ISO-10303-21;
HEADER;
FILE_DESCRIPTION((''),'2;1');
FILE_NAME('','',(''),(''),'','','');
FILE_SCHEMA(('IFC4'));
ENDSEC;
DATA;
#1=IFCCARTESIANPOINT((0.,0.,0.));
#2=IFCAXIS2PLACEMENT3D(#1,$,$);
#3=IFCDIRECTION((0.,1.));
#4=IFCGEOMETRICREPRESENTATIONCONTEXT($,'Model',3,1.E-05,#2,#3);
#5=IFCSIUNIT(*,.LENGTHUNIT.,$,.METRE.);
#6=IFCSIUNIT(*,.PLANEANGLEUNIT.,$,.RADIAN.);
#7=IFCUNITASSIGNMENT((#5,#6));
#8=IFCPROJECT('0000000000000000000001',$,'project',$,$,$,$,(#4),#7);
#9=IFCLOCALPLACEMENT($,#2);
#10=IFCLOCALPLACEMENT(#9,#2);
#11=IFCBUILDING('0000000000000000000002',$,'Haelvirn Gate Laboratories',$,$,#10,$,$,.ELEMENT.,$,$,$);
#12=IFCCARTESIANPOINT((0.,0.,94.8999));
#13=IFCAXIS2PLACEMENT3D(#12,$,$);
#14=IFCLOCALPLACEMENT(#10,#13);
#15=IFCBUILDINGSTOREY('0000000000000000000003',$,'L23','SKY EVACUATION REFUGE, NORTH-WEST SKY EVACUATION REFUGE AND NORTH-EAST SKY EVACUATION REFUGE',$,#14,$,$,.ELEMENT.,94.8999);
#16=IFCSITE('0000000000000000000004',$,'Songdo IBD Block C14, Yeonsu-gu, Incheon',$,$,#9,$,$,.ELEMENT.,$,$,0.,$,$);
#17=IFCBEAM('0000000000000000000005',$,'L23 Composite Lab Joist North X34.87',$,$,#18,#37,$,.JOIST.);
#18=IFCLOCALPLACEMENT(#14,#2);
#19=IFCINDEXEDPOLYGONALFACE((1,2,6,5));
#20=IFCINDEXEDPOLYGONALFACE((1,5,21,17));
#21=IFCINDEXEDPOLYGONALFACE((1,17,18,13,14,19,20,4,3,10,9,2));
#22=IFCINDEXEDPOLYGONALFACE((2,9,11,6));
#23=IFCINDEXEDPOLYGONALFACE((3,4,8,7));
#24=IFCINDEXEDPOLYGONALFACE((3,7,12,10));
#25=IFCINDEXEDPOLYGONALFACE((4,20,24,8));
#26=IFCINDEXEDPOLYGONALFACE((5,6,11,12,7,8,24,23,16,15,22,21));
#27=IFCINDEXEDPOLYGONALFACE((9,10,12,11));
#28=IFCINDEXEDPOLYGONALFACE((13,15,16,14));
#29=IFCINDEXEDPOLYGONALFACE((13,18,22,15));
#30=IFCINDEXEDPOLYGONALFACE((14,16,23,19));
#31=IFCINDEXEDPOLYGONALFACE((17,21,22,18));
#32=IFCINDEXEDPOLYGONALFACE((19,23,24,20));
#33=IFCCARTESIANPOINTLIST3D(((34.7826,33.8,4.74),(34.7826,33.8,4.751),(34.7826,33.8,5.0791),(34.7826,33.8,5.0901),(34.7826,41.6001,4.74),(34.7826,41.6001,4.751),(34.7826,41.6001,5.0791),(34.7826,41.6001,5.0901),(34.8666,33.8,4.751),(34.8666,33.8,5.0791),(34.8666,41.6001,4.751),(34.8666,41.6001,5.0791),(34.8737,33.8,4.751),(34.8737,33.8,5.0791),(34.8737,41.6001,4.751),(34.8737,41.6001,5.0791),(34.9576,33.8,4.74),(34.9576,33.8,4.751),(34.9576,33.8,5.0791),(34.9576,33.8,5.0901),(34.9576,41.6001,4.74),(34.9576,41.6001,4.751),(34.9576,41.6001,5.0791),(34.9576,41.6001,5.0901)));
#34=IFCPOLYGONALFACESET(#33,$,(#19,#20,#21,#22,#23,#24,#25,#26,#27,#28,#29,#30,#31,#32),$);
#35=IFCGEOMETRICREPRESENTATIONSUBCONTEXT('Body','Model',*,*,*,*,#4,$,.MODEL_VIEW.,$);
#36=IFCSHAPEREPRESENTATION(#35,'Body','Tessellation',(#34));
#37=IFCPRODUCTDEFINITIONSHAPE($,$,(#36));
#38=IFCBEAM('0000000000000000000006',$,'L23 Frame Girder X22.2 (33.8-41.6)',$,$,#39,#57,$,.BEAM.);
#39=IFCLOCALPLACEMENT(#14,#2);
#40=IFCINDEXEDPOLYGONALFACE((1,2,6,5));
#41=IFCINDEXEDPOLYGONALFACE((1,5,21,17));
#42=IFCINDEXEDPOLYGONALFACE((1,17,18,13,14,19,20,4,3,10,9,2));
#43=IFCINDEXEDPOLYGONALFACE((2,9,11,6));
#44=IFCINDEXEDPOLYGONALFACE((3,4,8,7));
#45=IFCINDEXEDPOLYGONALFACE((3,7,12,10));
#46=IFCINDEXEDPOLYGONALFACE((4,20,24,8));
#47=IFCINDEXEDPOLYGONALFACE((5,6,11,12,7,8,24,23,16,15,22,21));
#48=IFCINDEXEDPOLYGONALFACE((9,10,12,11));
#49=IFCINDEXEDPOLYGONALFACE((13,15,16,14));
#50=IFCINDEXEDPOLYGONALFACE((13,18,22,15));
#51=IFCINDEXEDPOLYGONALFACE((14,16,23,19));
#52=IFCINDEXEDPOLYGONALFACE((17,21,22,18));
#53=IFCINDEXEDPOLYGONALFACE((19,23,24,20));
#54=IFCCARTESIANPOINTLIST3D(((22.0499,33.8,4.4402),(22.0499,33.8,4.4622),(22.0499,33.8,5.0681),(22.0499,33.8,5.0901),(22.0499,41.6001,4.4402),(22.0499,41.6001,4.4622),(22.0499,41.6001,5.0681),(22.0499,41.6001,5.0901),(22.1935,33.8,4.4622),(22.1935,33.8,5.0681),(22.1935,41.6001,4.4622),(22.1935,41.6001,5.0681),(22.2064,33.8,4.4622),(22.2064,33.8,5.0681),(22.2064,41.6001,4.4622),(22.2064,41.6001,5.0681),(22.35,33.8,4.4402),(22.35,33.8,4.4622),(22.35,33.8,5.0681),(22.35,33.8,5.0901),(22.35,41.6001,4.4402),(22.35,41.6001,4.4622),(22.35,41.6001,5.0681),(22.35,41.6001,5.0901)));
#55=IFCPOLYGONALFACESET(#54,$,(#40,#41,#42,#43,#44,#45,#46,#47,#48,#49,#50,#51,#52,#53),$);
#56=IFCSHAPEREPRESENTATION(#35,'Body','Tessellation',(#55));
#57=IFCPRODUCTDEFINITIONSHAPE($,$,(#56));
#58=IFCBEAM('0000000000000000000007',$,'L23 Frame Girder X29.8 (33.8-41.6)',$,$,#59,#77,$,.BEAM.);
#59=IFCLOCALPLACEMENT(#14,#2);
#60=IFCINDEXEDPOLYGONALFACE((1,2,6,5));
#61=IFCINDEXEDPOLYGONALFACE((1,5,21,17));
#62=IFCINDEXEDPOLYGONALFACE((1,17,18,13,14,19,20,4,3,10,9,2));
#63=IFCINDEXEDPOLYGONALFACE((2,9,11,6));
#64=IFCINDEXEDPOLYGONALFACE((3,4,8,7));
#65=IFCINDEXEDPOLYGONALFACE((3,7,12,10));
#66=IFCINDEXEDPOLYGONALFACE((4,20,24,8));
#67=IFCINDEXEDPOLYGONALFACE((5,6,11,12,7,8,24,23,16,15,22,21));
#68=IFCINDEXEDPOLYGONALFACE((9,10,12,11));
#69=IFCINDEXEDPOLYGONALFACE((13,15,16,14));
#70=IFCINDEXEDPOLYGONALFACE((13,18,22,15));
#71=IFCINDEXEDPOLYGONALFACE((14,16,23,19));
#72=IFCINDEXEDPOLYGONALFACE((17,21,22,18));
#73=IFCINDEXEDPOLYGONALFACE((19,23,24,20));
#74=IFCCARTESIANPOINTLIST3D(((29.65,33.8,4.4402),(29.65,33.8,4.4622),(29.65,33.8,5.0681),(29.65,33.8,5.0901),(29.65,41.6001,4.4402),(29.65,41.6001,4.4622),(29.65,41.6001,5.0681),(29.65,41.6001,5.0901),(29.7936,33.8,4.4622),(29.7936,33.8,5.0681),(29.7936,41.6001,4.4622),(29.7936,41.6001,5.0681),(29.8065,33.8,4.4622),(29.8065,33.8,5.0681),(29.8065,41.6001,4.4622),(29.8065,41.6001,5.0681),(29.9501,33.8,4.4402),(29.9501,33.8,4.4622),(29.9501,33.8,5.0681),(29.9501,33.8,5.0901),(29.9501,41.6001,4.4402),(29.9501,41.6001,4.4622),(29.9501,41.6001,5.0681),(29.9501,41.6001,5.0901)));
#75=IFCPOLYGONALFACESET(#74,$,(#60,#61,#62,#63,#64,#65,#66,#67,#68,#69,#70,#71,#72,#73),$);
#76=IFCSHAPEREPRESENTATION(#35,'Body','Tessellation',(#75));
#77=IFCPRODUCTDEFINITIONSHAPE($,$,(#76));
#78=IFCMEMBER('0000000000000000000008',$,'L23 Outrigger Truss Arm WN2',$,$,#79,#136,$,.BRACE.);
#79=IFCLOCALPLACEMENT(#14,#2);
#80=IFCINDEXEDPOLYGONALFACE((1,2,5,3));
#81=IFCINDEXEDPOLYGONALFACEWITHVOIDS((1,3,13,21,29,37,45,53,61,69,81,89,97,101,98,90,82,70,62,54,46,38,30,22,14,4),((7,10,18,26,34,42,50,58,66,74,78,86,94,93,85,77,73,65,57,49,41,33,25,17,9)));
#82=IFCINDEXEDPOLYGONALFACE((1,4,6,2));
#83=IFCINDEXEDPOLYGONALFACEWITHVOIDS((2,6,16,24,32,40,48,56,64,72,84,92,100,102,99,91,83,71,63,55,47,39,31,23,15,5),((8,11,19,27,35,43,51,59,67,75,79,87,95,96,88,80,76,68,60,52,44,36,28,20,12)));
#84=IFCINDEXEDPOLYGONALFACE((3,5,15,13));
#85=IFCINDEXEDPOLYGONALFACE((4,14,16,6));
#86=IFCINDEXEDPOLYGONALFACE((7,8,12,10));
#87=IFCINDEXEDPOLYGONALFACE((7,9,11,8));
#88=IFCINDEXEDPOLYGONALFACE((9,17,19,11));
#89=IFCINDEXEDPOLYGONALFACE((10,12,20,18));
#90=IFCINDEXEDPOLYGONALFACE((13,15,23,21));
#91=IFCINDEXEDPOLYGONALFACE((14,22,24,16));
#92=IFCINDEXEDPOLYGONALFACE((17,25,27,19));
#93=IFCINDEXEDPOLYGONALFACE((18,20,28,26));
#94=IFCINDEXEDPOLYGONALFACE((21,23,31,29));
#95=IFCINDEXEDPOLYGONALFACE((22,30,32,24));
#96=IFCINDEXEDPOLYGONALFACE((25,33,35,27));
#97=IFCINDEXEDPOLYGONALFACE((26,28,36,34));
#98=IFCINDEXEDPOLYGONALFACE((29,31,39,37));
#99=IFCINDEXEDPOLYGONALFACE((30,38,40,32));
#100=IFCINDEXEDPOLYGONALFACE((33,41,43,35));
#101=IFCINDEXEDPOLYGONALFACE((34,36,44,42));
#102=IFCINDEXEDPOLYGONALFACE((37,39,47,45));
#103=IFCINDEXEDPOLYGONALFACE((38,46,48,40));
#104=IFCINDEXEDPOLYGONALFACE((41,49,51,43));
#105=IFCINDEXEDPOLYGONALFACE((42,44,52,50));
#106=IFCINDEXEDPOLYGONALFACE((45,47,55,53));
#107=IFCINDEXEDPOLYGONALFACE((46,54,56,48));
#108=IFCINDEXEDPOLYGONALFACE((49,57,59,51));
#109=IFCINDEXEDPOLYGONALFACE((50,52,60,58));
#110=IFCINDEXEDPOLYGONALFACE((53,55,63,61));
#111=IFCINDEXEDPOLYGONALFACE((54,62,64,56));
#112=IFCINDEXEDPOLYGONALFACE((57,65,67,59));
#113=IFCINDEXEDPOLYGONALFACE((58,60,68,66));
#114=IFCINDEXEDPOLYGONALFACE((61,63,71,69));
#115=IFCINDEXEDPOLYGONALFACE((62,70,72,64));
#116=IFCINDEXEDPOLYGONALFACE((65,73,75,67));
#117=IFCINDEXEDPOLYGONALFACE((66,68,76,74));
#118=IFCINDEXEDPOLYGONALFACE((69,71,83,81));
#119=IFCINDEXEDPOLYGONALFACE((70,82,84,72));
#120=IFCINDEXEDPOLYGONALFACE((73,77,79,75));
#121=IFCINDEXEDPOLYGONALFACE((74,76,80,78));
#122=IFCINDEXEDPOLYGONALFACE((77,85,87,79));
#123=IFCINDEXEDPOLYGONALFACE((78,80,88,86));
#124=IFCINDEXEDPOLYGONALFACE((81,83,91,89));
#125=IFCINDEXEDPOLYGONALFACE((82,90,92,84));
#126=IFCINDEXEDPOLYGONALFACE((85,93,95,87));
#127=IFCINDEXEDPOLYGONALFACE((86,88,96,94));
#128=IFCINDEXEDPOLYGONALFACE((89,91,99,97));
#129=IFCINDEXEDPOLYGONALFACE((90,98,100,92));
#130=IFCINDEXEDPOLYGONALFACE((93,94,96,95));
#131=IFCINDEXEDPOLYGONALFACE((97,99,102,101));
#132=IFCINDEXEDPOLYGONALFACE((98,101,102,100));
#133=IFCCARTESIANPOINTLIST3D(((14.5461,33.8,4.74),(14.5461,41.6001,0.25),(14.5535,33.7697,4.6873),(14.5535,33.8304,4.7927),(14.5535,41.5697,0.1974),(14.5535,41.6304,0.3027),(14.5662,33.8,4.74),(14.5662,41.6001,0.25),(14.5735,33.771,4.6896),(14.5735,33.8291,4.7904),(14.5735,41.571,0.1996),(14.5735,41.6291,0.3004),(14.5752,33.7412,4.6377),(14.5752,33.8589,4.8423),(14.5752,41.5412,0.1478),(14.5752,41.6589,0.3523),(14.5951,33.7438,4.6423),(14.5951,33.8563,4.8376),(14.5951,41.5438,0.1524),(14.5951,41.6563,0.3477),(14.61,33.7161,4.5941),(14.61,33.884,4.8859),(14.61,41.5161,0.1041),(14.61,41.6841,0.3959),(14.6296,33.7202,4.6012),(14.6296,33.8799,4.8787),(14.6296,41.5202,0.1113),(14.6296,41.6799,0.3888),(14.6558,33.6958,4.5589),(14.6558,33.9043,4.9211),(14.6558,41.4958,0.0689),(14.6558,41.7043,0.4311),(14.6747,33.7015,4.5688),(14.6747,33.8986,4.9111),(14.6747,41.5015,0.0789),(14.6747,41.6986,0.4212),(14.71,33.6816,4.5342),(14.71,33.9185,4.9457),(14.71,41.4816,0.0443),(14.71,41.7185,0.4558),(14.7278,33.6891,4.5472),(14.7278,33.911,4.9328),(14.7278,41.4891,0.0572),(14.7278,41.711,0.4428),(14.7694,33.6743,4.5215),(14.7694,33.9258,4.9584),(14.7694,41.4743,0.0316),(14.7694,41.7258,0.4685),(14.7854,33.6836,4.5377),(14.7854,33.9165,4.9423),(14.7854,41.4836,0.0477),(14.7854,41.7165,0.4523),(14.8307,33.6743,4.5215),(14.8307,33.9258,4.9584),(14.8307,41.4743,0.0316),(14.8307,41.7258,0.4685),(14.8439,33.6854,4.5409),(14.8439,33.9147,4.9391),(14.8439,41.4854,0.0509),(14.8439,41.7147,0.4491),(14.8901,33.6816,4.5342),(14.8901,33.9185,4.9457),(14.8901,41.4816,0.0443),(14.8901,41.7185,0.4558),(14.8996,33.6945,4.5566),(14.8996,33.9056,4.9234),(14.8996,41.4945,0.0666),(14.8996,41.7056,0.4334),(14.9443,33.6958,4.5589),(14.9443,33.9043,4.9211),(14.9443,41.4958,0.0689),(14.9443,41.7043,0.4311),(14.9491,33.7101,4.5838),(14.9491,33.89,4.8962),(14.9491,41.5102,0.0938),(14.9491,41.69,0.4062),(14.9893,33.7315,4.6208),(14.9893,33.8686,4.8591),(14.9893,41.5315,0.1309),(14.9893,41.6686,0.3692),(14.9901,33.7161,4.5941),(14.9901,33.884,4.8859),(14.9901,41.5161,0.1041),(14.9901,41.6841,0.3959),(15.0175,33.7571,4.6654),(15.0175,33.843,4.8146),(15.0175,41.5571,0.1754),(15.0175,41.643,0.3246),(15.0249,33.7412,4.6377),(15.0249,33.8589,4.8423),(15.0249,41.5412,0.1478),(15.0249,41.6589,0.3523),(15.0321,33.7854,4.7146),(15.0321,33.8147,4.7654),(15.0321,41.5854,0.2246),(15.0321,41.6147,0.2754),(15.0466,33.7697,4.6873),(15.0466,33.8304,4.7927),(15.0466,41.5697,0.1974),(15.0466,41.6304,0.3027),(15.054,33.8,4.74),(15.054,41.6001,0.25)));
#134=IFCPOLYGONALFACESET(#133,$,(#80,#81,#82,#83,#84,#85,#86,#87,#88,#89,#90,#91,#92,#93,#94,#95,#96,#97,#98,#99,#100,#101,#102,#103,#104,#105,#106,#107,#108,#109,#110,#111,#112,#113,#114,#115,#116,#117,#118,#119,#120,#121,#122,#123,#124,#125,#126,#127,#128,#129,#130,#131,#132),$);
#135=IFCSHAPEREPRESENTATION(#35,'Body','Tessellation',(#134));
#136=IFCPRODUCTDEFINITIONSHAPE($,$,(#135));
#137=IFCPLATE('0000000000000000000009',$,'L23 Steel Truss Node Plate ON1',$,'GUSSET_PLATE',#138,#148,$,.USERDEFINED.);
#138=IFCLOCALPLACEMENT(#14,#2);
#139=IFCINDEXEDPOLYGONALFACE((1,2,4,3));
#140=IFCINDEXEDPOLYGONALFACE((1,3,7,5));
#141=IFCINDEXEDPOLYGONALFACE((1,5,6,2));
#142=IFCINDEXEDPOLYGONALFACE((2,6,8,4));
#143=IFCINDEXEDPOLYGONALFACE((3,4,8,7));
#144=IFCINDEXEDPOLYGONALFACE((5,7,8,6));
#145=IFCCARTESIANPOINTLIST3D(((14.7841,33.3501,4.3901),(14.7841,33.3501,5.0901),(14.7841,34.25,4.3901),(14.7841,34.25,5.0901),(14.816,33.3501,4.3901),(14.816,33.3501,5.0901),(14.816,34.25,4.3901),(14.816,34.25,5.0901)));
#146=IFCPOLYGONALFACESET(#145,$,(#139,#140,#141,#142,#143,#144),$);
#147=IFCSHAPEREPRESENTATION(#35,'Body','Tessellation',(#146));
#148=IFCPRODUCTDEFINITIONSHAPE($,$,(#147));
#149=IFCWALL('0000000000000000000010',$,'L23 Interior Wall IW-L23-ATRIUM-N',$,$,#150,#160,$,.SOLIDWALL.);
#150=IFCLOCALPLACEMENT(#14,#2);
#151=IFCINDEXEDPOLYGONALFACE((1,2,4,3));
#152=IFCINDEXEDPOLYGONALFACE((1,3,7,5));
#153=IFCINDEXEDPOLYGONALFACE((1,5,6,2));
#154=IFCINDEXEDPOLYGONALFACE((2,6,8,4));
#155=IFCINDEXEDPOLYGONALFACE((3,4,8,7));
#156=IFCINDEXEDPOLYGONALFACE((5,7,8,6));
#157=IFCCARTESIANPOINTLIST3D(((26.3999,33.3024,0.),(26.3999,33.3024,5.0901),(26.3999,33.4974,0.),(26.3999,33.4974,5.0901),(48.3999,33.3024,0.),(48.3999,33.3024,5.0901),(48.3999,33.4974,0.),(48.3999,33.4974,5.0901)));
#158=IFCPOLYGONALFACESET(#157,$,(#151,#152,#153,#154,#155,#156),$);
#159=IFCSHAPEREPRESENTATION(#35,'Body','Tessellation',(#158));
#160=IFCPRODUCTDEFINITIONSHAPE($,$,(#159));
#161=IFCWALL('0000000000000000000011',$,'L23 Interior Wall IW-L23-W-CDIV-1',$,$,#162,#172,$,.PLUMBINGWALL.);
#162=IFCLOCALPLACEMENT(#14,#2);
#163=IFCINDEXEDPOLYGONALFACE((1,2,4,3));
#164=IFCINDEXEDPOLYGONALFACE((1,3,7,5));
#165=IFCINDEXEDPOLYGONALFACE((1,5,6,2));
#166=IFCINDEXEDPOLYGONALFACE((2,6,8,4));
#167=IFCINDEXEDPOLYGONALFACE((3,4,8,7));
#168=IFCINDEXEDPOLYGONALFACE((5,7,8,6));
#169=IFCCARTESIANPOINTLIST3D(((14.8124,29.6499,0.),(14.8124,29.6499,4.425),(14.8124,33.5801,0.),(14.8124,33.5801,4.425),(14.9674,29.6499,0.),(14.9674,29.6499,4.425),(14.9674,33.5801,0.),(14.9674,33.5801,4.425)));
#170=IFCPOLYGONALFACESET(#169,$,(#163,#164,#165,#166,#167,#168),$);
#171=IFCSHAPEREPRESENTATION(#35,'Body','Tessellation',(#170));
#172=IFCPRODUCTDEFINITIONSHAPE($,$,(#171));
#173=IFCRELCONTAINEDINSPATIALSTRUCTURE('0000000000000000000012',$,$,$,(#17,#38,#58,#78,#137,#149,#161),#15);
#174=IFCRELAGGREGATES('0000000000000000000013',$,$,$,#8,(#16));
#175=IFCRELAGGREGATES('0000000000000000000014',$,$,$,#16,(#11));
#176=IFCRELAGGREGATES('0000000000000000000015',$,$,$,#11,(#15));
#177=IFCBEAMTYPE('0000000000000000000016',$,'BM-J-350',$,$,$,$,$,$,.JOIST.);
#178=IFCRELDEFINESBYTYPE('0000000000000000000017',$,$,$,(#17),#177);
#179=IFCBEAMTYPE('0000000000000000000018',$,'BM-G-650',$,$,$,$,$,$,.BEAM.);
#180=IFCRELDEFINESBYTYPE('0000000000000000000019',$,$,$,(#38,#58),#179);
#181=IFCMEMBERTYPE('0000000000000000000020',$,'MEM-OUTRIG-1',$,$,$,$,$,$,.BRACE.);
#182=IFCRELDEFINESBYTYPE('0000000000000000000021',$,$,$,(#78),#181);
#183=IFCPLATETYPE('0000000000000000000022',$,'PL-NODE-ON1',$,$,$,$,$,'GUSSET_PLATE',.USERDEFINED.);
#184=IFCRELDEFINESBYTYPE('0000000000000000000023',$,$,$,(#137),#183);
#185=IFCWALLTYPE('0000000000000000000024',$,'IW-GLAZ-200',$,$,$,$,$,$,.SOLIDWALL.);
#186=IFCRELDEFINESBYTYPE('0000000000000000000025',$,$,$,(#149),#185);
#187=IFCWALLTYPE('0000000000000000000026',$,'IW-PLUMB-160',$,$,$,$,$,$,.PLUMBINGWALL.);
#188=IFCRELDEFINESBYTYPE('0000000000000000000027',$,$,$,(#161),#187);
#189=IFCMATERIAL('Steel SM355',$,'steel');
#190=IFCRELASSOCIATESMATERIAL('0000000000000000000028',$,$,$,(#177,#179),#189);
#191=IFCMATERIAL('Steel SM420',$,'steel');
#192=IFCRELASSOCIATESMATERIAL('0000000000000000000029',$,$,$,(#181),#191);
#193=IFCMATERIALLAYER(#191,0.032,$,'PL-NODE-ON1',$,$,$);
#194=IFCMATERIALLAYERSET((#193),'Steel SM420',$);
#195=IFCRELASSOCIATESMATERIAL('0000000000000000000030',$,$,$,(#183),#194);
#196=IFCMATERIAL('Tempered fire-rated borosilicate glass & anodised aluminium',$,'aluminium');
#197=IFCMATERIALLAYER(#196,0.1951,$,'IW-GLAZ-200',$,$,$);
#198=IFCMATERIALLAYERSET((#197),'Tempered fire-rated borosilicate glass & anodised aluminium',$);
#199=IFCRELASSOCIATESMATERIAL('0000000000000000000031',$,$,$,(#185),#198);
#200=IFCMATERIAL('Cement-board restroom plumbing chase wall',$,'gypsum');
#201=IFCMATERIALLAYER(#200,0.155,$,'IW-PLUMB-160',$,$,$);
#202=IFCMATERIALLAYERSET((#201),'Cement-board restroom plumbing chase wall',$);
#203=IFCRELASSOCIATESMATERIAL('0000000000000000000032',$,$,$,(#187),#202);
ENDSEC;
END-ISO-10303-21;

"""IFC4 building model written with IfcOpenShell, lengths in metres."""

from ifc_helpers import new_model, si_unit, direction, frame, frame_2d, origin, origin_2d, place, context, subcontext, project, spatial, rectangle, hollow_circle, i_section, extrude, source, transform, mapped, material, layer, layer_set, material_profile, profile_set, type_object, type_shapes, element, save


model = new_model("IFC4")

# Units and contexts
model_context = context("Model", 3, precision=1e-05, world=origin(), true_north=direction((0.0, 1.0)))
body_context = subcontext(model_context, "Body", "Model", "MODEL_VIEW")
ifc_project = project(units=[si_unit("LENGTHUNIT", "METRE"), si_unit("PLANEANGLEUNIT", "RADIAN")], contexts=[model_context])

# Site, building, storey
site_placement = place(None, origin())
site = spatial("IfcSite", under=ifc_project, at=site_placement, Name="Songdo IBD Block C14, Yeonsu-gu, Incheon", CompositionType="ELEMENT", RefElevation=0.0)
building_placement = place(site_placement, origin())
building = spatial("IfcBuilding", under=site, at=building_placement, Name="Haelvirn Gate Laboratories", CompositionType="ELEMENT")
storey_placement = place(building_placement, frame((0.0, 0.0, 94.8999)))
storey = spatial("IfcBuildingStorey", under=building, at=storey_placement, Name="L23", Description="SKY EVACUATION REFUGE, NORTH-WEST SKY EVACUATION REFUGE AND NORTH-EAST SKY EVACUATION REFUGE", CompositionType="ELEMENT", Elevation=94.8999)

# Shared definitions
ifc_material_1 = material(Name="Steel SM420", Category="steel")

# Beams
ifc_material_2 = material(Name="Steel SM355", Category="steel")
ifc_material_profile_1 = material_profile(ifc_material_2, i_section(OverallWidth=0.175, OverallDepth=0.3501, WebThickness=0.0071, FlangeThickness=0.011, at=origin_2d()), Name="H-350x175x7x11")
ifc_profile_set_1 = profile_set([ifc_material_profile_1], Name="Steel SM355")
beam_type_1 = type_object("IfcBeamType", Name="BM-J-350", PredefinedType="JOIST", material=ifc_profile_set_1)
shared_shape_1 = source(origin(), body_context, "Body", "SweptSolid", [
    extrude(i_section(OverallWidth=0.175, OverallDepth=0.3501, WebThickness=0.0071, FlangeThickness=0.011, at=origin_2d()), origin(), (0.0, 0.0, 1.0), 7.8),
])
type_shapes(beam_type_1, [shared_shape_1])
for number, where, z_axis, x_axis, name in (
    (1, (34.8701, 33.8, 4.915), (0.0, 1.0, 0.0), (-1.0, 0.0, 0.0), "L23 Composite Lab Joist North X34.87"),
):
    element("IfcBeam", number, at=place(storey_placement, frame(where, z_axis=z_axis, x_axis=x_axis)), inside=storey, type_object=beam_type_1, Name=name, PredefinedType="JOIST", context=body_context, shape_type="MappedRepresentation", body=[
        mapped(shared_shape_1, transform((0.0, 0.0, 0.0), scale=1.0)),
    ])
ifc_material_profile_2 = material_profile(ifc_material_2, i_section(OverallWidth=0.3, OverallDepth=0.6499, WebThickness=0.0129, FlangeThickness=0.022, at=origin_2d()), Name="H-650x300x13x22")
ifc_profile_set_2 = profile_set([ifc_material_profile_2], Name="Steel SM355")
beam_type_2 = type_object("IfcBeamType", Name="BM-G-650", PredefinedType="BEAM", material=ifc_profile_set_2)
shared_shape_2 = source(origin(), body_context, "Body", "SweptSolid", [
    extrude(i_section(OverallWidth=0.3, OverallDepth=0.6499, WebThickness=0.0129, FlangeThickness=0.022, at=origin_2d()), origin(), (0.0, 0.0, 1.0), 7.8),
])
type_shapes(beam_type_2, [shared_shape_2])
for number, where, z_axis, x_axis, name in (
    (2, (22.2, 33.8, 4.7651), (0.0, 1.0, 0.0), (-1.0, 0.0, 0.0), "L23 Frame Girder X22.2 (33.8-41.6)"),
    (3, (29.8, 33.8, 4.7651), (0.0, 1.0, 0.0), (-1.0, 0.0, 0.0), "L23 Frame Girder X29.8 (33.8-41.6)"),
):
    element("IfcBeam", number, at=place(storey_placement, frame(where, z_axis=z_axis, x_axis=x_axis)), inside=storey, type_object=beam_type_2, Name=name, PredefinedType="BEAM", context=body_context, shape_type="MappedRepresentation", body=[
        mapped(shared_shape_2, transform((0.0, 0.0, 0.0), scale=1.0)),
    ])

# Member
ifc_material_profile_3 = material_profile(ifc_material_1, hollow_circle(Radius=0.2539, WallThickness=0.02, at=origin_2d()), Name="CHS-508x20")
ifc_profile_set_3 = profile_set([ifc_material_profile_3], Name="Steel SM420")
member_type = type_object("IfcMemberType", Name="MEM-OUTRIG-1", PredefinedType="BRACE", material=ifc_profile_set_3)
shared_shape_3 = source(origin(), body_context, "Body", "SweptSolid", [
    extrude(hollow_circle(Radius=0.2539, WallThickness=0.02, at=origin_2d()), origin(), (0.0, 0.0, 1.0), 9.0),
])
type_shapes(member_type, [shared_shape_3])
member_placement = place(storey_placement, frame((14.8, 33.8, 4.74), z_axis=(0.0, 0.866668, -0.498885), x_axis=(-1.0, 0.0, 0.0)))
element("IfcMember", 4, at=member_placement, inside=storey, type_object=member_type, Name="L23 Outrigger Truss Arm WN2", PredefinedType="BRACE", context=body_context, shape_type="MappedRepresentation", body=[
    mapped(shared_shape_3, transform((0.0, 0.0, 0.0), scale=1.0)),
])

# Plate
ifc_layer_1 = layer(ifc_material_1, 0.032, Name="PL-NODE-ON1")
ifc_layer_set_1 = layer_set([ifc_layer_1], Name="Steel SM420")
plate_type = type_object("IfcPlateType", Name="PL-NODE-ON1", ElementType="GUSSET_PLATE", PredefinedType="USERDEFINED", material=ifc_layer_set_1)
shared_shape_4 = source(origin(), body_context, "Body", "SweptSolid", [
    extrude(rectangle(XDim=0.8999, YDim=0.032, at=origin_2d()), origin(), (0.0, 0.0, 1.0), 0.7),
])
type_shapes(plate_type, [shared_shape_4])
plate_placement = place(storey_placement, frame((14.8, 33.8, 4.3901), z_axis=(0.0, 0.0, 1.0), x_axis=(0.0, 1.0, 0.0)))
element("IfcPlate", 5, at=plate_placement, inside=storey, type_object=plate_type, Name="L23 Steel Truss Node Plate ON1", ObjectType="GUSSET_PLATE", PredefinedType="USERDEFINED", context=body_context, shape_type="MappedRepresentation", body=[
    mapped(shared_shape_4, transform((0.0, 0.0, 0.0), scale=1.0)),
])

# Walls
ifc_material_3 = material(Name="Tempered fire-rated borosilicate glass & anodised aluminium", Category="aluminium")
ifc_layer_2 = layer(ifc_material_3, 0.1951, Name="IW-GLAZ-200")
ifc_layer_set_2 = layer_set([ifc_layer_2], Name="Tempered fire-rated borosilicate glass & anodised aluminium")
wall_type_1 = type_object("IfcWallType", Name="IW-GLAZ-200", PredefinedType="SOLIDWALL", material=ifc_layer_set_2)
wall_1_placement = place(storey_placement, frame((26.3999, 33.3999, 0.0), z_axis=(0.0, 0.0, 1.0), x_axis=(1.0, 0.0, 0.0)))
element("IfcWall", 6, at=wall_1_placement, inside=storey, type_object=wall_type_1, Name="L23 Interior Wall IW-L23-ATRIUM-N", PredefinedType="SOLIDWALL", context=body_context, shape_type="SweptSolid", body=[
    extrude(rectangle(XDim=22.0, YDim=0.1951, at=frame_2d((11.0, 0.0))), origin(), (0.0, 0.0, 1.0), 5.0901),
])
ifc_material_4 = material(Name="Cement-board restroom plumbing chase wall", Category="gypsum")
ifc_layer_3 = layer(ifc_material_4, 0.155, Name="IW-PLUMB-160")
ifc_layer_set_3 = layer_set([ifc_layer_3], Name="Cement-board restroom plumbing chase wall")
wall_type_2 = type_object("IfcWallType", Name="IW-PLUMB-160", PredefinedType="PLUMBINGWALL", material=ifc_layer_set_3)
wall_2_placement = place(storey_placement, frame((14.8899, 29.6499, 0.0), z_axis=(0.0, 0.0, 1.0), x_axis=(0.0, 1.0, 0.0)))
element("IfcWall", 7, at=wall_2_placement, inside=storey, type_object=wall_type_2, Name="L23 Interior Wall IW-L23-W-CDIV-1", PredefinedType="PLUMBINGWALL", context=body_context, shape_type="SweptSolid", body=[
    extrude(rectangle(XDim=3.9302, YDim=0.155, at=frame_2d((1.9651, 0.0))), origin(), (0.0, 0.0, 1.0), 4.425),
])

save(model, "model.ifc")
